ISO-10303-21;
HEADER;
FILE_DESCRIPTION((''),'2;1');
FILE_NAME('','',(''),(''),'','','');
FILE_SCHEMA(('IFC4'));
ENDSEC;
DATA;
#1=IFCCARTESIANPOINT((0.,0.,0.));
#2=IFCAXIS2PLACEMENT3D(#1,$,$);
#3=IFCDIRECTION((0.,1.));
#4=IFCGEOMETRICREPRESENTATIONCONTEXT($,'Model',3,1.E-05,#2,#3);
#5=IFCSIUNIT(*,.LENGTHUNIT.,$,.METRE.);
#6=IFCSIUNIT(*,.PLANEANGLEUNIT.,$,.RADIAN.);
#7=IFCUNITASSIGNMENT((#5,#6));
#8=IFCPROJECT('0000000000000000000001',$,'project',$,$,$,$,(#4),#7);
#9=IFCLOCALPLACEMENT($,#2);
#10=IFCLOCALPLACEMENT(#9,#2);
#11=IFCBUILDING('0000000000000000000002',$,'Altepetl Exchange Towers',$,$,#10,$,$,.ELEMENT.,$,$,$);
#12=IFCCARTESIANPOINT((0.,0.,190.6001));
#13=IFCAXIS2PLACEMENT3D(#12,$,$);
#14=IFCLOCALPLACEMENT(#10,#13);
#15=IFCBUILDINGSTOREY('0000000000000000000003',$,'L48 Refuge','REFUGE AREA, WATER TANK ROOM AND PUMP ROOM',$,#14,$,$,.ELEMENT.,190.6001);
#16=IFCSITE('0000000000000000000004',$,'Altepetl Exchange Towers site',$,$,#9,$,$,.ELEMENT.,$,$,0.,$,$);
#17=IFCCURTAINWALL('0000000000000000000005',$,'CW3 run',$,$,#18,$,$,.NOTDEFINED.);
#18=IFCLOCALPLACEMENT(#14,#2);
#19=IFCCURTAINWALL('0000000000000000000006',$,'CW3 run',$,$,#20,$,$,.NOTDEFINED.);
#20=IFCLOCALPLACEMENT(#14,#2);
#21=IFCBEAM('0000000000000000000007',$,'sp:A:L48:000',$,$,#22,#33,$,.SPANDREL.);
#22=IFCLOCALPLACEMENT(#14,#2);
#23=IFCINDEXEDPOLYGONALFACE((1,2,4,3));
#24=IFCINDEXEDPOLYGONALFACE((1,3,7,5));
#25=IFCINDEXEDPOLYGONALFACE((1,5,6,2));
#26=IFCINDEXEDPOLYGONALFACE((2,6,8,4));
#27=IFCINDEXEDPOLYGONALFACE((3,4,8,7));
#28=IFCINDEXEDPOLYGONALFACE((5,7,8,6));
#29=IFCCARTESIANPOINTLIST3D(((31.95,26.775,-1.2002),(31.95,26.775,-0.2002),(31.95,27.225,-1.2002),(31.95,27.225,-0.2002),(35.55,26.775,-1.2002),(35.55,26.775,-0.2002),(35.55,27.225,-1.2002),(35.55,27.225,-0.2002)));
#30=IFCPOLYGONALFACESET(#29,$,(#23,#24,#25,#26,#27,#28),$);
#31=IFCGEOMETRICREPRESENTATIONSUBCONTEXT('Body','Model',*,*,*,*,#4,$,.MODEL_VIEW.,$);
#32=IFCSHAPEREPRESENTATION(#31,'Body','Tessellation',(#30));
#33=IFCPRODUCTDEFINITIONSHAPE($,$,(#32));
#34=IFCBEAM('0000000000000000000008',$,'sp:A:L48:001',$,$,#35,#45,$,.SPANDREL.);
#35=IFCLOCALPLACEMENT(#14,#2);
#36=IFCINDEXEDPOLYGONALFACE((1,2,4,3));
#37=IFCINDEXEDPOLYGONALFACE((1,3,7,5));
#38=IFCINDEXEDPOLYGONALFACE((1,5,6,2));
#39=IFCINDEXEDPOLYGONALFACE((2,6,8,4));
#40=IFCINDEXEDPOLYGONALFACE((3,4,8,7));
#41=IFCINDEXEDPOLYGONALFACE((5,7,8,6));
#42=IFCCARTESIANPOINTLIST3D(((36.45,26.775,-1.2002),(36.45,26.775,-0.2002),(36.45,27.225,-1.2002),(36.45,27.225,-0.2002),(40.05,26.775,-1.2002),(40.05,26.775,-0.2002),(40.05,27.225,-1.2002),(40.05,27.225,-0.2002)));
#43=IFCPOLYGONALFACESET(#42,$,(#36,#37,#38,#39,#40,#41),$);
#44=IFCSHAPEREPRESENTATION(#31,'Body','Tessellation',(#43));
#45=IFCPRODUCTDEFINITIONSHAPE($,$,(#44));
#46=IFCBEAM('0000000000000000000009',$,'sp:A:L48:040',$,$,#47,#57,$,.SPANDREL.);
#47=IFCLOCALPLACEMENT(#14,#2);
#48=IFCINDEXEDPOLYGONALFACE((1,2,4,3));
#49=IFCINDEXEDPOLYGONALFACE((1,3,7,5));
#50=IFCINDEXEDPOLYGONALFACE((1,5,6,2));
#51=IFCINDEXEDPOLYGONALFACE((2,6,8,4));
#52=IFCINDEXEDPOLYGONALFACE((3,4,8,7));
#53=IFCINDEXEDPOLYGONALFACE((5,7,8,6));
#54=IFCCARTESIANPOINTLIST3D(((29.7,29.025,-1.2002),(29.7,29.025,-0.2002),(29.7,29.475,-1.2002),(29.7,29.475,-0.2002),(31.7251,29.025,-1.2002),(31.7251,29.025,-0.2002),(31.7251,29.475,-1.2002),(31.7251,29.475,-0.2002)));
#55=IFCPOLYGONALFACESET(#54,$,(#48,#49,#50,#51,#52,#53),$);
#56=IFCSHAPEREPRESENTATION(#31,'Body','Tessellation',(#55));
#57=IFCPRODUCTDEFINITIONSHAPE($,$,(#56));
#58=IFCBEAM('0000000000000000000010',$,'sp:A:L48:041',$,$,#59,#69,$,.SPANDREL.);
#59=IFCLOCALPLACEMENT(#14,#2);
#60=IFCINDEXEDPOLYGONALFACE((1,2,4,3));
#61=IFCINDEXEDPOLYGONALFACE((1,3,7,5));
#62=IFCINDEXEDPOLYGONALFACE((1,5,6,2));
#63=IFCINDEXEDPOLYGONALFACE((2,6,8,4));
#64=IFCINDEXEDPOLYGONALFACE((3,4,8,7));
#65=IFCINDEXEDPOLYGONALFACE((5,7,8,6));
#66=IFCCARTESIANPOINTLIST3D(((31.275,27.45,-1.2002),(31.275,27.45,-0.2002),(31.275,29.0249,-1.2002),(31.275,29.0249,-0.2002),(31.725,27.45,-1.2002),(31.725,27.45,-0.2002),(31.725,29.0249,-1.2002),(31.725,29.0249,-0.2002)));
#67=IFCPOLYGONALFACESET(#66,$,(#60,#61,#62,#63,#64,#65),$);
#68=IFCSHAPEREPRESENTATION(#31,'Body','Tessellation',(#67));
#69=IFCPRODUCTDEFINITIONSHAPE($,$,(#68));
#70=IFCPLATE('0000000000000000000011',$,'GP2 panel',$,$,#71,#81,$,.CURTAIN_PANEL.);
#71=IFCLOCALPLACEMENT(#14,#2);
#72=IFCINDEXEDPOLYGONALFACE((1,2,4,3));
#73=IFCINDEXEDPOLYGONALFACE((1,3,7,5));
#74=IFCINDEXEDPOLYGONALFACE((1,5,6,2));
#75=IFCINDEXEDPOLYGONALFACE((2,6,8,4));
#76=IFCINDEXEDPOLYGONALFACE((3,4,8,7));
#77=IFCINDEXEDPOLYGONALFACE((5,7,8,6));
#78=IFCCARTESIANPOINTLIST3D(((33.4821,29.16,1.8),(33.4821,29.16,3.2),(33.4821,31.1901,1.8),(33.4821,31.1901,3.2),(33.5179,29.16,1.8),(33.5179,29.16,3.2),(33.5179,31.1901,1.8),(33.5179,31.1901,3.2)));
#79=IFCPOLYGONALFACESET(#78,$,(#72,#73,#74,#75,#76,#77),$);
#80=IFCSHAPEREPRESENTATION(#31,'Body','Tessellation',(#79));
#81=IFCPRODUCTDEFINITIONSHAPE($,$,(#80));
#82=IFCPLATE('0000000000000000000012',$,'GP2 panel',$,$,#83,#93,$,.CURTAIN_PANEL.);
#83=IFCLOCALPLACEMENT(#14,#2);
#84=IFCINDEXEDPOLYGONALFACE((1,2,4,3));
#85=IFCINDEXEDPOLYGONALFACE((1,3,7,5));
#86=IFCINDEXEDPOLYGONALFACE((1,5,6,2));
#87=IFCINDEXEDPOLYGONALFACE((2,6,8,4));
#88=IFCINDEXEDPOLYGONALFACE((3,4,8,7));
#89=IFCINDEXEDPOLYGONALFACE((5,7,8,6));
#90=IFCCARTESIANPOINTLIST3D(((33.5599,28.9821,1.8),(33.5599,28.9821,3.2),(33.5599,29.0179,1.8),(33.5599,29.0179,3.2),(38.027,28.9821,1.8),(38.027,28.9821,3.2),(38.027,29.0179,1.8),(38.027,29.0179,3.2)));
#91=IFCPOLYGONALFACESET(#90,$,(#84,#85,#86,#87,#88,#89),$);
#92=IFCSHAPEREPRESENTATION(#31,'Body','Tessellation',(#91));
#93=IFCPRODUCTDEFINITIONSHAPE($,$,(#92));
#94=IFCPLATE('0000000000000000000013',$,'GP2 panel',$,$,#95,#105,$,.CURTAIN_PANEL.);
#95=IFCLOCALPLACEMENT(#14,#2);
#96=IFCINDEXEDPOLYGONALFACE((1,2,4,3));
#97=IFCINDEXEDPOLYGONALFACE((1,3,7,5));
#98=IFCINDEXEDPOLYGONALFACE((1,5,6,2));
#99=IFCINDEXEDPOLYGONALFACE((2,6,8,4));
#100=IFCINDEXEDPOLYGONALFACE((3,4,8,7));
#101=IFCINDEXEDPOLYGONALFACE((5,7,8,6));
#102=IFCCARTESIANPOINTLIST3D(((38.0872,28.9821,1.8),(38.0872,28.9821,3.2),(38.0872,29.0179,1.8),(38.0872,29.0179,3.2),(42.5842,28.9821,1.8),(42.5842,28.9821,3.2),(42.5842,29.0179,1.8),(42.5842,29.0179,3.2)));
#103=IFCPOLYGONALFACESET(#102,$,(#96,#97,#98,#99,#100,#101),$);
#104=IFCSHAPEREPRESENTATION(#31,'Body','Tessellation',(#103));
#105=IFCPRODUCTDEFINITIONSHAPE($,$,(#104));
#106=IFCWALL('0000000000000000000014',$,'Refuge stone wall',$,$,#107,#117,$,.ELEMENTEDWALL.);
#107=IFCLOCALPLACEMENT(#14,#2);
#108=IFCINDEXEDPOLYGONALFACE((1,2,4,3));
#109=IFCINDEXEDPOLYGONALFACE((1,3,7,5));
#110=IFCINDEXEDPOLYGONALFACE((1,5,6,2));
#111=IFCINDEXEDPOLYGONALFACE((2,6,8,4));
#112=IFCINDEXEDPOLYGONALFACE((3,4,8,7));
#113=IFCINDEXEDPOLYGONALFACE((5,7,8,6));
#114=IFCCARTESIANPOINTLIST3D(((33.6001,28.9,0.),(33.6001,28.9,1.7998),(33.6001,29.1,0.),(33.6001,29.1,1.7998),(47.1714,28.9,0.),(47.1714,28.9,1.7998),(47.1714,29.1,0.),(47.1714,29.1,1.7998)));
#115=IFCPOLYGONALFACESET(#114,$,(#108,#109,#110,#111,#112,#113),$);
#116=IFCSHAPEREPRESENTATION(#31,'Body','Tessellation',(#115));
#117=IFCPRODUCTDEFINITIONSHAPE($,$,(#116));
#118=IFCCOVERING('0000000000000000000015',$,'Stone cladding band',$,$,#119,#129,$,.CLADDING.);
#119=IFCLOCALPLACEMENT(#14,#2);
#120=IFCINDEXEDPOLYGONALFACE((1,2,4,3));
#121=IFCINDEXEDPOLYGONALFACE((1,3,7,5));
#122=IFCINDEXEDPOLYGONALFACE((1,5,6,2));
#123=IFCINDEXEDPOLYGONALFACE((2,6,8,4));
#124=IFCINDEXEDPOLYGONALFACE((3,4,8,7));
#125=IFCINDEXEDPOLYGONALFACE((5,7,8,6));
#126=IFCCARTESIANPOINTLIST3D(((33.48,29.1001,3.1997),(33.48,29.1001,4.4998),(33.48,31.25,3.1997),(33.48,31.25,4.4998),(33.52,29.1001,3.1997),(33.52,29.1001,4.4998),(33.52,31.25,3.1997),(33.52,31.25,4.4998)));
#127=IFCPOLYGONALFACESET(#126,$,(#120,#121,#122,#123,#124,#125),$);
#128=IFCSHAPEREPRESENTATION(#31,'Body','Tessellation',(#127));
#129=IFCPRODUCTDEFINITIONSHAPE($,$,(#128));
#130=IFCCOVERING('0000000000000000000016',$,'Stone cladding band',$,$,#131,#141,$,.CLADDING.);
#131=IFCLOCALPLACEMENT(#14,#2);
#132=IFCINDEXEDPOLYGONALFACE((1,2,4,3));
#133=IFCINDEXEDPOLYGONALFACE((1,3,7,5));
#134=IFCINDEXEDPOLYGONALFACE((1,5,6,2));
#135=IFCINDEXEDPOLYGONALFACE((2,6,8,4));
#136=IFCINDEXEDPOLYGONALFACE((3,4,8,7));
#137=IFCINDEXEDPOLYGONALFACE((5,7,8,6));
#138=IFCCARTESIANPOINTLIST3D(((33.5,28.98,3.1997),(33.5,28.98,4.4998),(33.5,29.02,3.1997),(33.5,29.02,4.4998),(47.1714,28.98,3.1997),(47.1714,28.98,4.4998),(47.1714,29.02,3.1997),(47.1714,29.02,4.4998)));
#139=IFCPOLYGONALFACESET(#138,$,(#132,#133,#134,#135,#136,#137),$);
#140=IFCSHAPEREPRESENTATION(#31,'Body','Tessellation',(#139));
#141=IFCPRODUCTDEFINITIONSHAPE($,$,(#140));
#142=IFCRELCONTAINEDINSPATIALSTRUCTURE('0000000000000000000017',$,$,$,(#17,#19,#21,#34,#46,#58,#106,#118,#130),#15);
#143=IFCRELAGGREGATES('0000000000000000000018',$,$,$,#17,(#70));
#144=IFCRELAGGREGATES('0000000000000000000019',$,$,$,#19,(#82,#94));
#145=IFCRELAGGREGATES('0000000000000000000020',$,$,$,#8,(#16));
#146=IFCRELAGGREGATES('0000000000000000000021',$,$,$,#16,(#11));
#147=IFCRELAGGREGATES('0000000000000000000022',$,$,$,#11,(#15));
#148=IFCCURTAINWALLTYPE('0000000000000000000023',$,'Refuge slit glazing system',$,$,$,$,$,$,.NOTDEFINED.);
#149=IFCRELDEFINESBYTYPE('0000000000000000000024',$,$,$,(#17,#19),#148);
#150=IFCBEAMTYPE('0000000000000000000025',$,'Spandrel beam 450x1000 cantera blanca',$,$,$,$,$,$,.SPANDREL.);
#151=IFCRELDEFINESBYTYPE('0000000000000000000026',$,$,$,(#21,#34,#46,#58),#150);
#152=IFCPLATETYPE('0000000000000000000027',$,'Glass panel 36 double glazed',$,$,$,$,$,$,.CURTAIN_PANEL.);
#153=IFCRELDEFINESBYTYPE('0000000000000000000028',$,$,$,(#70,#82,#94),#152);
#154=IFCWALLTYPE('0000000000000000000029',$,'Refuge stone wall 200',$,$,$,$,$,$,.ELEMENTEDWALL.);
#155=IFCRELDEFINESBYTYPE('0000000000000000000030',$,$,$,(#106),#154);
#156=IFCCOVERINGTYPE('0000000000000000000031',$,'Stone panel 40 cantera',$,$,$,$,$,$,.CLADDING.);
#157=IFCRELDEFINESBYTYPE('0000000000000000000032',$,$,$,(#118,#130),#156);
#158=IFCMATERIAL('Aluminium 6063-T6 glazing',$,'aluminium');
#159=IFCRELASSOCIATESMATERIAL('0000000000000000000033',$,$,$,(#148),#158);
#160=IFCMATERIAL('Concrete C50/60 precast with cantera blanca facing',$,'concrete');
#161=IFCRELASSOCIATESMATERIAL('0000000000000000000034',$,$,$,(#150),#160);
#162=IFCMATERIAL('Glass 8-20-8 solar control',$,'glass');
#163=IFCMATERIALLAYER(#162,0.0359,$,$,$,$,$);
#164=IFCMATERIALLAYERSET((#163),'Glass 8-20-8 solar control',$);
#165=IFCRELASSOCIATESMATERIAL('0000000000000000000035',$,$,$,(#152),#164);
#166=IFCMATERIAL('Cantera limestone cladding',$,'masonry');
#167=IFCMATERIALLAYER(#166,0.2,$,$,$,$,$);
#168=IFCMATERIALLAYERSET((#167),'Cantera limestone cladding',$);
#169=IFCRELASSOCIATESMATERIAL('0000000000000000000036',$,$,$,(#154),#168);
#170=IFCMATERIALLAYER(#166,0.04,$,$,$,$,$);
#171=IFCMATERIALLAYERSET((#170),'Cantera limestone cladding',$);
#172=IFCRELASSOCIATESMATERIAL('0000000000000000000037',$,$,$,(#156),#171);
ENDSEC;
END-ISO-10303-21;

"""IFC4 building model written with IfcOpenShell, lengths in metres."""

from ifc_helpers import new_model, si_unit, direction, frame, frame_2d, origin, origin_2d, place, context, subcontext, project, spatial, rectangle, extrude, material, layer, layer_set, material_profile, profile_set, type_object, element, aggregate, save


model = new_model("IFC4")

# Units and contexts
model_context = context("Model", 3, precision=1e-05, world=origin(), true_north=direction((0.0, 1.0)))
body_context = subcontext(model_context, "Body", "Model", "MODEL_VIEW")
ifc_project = project(units=[si_unit("LENGTHUNIT", "METRE"), si_unit("PLANEANGLEUNIT", "RADIAN")], contexts=[model_context])

# Site, building, storey
site_placement = place(None, origin())
site = spatial("IfcSite", under=ifc_project, at=site_placement, Name="Altepetl Exchange Towers site", CompositionType="ELEMENT", RefElevation=0.0)
building_placement = place(site_placement, origin())
building = spatial("IfcBuilding", under=site, at=building_placement, Name="Altepetl Exchange Towers", CompositionType="ELEMENT")
storey_placement = place(building_placement, frame((0.0, 0.0, 190.6001)))
storey = spatial("IfcBuildingStorey", under=building, at=storey_placement, Name="L48 Refuge", Description="REFUGE AREA, WATER TANK ROOM AND PUMP ROOM", CompositionType="ELEMENT", Elevation=190.6001)

# Curtain wall
ifc_material_1 = material(Name="Aluminium 6063-T6 glazing", Category="aluminium")
curtain_wall_type = type_object("IfcCurtainWallType", Name="Refuge slit glazing system", PredefinedType="NOTDEFINED", material=ifc_material_1)
curtain_wall_1_placement = place(storey_placement, origin())
curtain_wall_1 = element("IfcCurtainWall", 1, at=curtain_wall_1_placement, inside=storey, type_object=curtain_wall_type, Name="CW3 run", PredefinedType="NOTDEFINED")

# Curtain wall
curtain_wall_2_placement = place(storey_placement, origin())
curtain_wall_2 = element("IfcCurtainWall", 2, at=curtain_wall_2_placement, inside=storey, type_object=curtain_wall_type, Name="CW3 run", PredefinedType="NOTDEFINED")

# Beams
ifc_material_2 = material(Name="Concrete C50/60 precast with cantera blanca facing", Category="concrete")
ifc_material_profile_1 = material_profile(ifc_material_2, rectangle(XDim=0.45, YDim=1.0, at=origin_2d()), Name="450 x 1000")
ifc_profile_set_1 = profile_set([ifc_material_profile_1], Name="Concrete C50/60 precast with cantera blanca facing")
beam_type_1 = type_object("IfcBeamType", Name="Spandrel beam 450x1000 cantera blanca", PredefinedType="SPANDREL", material=ifc_profile_set_1)
for number, where, z_axis, x_axis, name in (
    (3, (31.95, 27.0, -0.7002), (1.0, 0.0, 0.0), (0.0, 1.0, 0.0), "sp:A:L48:000"),
    (4, (36.45, 27.0, -0.7002), (1.0, 0.0, 0.0), (0.0, 1.0, 0.0), "sp:A:L48:001"),
):
    element("IfcBeam", number, at=place(storey_placement, frame(where, z_axis=z_axis, x_axis=x_axis)), inside=storey, type_object=beam_type_1, Name=name, PredefinedType="SPANDREL", context=body_context, shape_type="SweptSolid", body=[
        extrude(rectangle(XDim=0.45, YDim=1.0, at=origin_2d()), origin(), (0.0, 0.0, 1.0), 3.6001),
    ])
beam_1_placement = place(storey_placement, frame((29.7, 29.25, -0.7002), z_axis=(1.0, 0.0, 0.0), x_axis=(0.0, 1.0, 0.0)))
element("IfcBeam", 5, at=beam_1_placement, inside=storey, type_object=beam_type_1, Name="sp:A:L48:040", PredefinedType="SPANDREL", context=body_context, shape_type="SweptSolid", body=[
    extrude(rectangle(XDim=0.45, YDim=1.0, at=origin_2d()), origin(), (0.0, 0.0, 1.0), 2.0251),
])
beam_2_placement = place(storey_placement, frame((31.5, 29.0249, -0.7002), z_axis=(0.0, -1.0, 0.0), x_axis=(1.0, 0.0, 0.0)))
element("IfcBeam", 6, at=beam_2_placement, inside=storey, type_object=beam_type_1, Name="sp:A:L48:041", PredefinedType="SPANDREL", context=body_context, shape_type="SweptSolid", body=[
    extrude(rectangle(XDim=0.45, YDim=1.0, at=origin_2d()), origin(), (0.0, 0.0, 1.0), 1.575),
])

# Plates
ifc_material_3 = material(Name="Glass 8-20-8 solar control", Category="glass")
ifc_layer_1 = layer(ifc_material_3, 0.0359)
ifc_layer_set_1 = layer_set([ifc_layer_1], Name="Glass 8-20-8 solar control")
plate_type = type_object("IfcPlateType", Name="Glass panel 36 double glazed", PredefinedType="CURTAIN_PANEL", material=ifc_layer_set_1)
plate_1_placement = place(storey_placement, frame((33.5, 30.175, 1.8), z_axis=(0.0, 0.0, 1.0), x_axis=(0.0, -1.0, 0.0)))
plate_1 = element("IfcPlate", 7, at=plate_1_placement, type_object=plate_type, Name="GP2 panel", PredefinedType="CURTAIN_PANEL", context=body_context, shape_type="SweptSolid", body=[
    extrude(rectangle(XDim=2.03, YDim=0.0359, at=origin_2d()), origin(), (0.0, 0.0, 1.0), 1.3999),
])
aggregate(curtain_wall_1, [plate_1])
plate_2_placement = place(storey_placement, frame((35.7935, 29.0, 1.8)))
plate_2 = element("IfcPlate", 8, at=plate_2_placement, type_object=plate_type, Name="GP2 panel", PredefinedType="CURTAIN_PANEL", context=body_context, shape_type="SweptSolid", body=[
    extrude(rectangle(XDim=4.467, YDim=0.0359, at=origin_2d()), origin(), (0.0, 0.0, 1.0), 1.3999),
])
plate_3_placement = place(storey_placement, frame((40.3357, 29.0, 1.8)))
plate_3 = element("IfcPlate", 9, at=plate_3_placement, type_object=plate_type, Name="GP2 panel", PredefinedType="CURTAIN_PANEL", context=body_context, shape_type="SweptSolid", body=[
    extrude(rectangle(XDim=4.4971, YDim=0.0359, at=origin_2d()), origin(), (0.0, 0.0, 1.0), 1.3999),
])
aggregate(curtain_wall_2, [plate_2, plate_3])

# Wall
ifc_material_4 = material(Name="Cantera limestone cladding", Category="masonry")
ifc_layer_2 = layer(ifc_material_4, 0.2)
ifc_layer_set_2 = layer_set([ifc_layer_2], Name="Cantera limestone cladding")
wall_type = type_object("IfcWallType", Name="Refuge stone wall 200", PredefinedType="ELEMENTEDWALL", material=ifc_layer_set_2)
wall_placement = place(storey_placement, frame((33.6001, 29.0, 0.0)))
element("IfcWall", 10, at=wall_placement, inside=storey, type_object=wall_type, Name="Refuge stone wall", PredefinedType="ELEMENTEDWALL", context=body_context, shape_type="SweptSolid", body=[
    extrude(rectangle(XDim=13.5713, YDim=0.2, at=frame_2d((6.7856, 0.0))), origin(), (0.0, 0.0, 1.0), 1.7998),
])

# Coverings
ifc_layer_3 = layer(ifc_material_4, 0.04)
ifc_layer_set_3 = layer_set([ifc_layer_3], Name="Cantera limestone cladding")
covering_type = type_object("IfcCoveringType", Name="Stone panel 40 cantera", PredefinedType="CLADDING", material=ifc_layer_set_3)
covering_1_placement = place(storey_placement, frame((33.5, 30.175, 3.1997), z_axis=(0.0, 0.0, 1.0), x_axis=(0.0, -1.0, 0.0)))
element("IfcCovering", 11, at=covering_1_placement, inside=storey, type_object=covering_type, Name="Stone cladding band", PredefinedType="CLADDING", context=body_context, shape_type="SweptSolid", body=[
    extrude(rectangle(XDim=2.1499, YDim=0.04, at=origin_2d()), origin(), (0.0, 0.0, 1.0), 1.3),
])
covering_2_placement = place(storey_placement, frame((40.3357, 29.0, 3.1997)))
element("IfcCovering", 12, at=covering_2_placement, inside=storey, type_object=covering_type, Name="Stone cladding band", PredefinedType="CLADDING", context=body_context, shape_type="SweptSolid", body=[
    extrude(rectangle(XDim=13.6714, YDim=0.04, at=origin_2d()), origin(), (0.0, 0.0, 1.0), 1.3),
])

save(model, "model.ifc")
